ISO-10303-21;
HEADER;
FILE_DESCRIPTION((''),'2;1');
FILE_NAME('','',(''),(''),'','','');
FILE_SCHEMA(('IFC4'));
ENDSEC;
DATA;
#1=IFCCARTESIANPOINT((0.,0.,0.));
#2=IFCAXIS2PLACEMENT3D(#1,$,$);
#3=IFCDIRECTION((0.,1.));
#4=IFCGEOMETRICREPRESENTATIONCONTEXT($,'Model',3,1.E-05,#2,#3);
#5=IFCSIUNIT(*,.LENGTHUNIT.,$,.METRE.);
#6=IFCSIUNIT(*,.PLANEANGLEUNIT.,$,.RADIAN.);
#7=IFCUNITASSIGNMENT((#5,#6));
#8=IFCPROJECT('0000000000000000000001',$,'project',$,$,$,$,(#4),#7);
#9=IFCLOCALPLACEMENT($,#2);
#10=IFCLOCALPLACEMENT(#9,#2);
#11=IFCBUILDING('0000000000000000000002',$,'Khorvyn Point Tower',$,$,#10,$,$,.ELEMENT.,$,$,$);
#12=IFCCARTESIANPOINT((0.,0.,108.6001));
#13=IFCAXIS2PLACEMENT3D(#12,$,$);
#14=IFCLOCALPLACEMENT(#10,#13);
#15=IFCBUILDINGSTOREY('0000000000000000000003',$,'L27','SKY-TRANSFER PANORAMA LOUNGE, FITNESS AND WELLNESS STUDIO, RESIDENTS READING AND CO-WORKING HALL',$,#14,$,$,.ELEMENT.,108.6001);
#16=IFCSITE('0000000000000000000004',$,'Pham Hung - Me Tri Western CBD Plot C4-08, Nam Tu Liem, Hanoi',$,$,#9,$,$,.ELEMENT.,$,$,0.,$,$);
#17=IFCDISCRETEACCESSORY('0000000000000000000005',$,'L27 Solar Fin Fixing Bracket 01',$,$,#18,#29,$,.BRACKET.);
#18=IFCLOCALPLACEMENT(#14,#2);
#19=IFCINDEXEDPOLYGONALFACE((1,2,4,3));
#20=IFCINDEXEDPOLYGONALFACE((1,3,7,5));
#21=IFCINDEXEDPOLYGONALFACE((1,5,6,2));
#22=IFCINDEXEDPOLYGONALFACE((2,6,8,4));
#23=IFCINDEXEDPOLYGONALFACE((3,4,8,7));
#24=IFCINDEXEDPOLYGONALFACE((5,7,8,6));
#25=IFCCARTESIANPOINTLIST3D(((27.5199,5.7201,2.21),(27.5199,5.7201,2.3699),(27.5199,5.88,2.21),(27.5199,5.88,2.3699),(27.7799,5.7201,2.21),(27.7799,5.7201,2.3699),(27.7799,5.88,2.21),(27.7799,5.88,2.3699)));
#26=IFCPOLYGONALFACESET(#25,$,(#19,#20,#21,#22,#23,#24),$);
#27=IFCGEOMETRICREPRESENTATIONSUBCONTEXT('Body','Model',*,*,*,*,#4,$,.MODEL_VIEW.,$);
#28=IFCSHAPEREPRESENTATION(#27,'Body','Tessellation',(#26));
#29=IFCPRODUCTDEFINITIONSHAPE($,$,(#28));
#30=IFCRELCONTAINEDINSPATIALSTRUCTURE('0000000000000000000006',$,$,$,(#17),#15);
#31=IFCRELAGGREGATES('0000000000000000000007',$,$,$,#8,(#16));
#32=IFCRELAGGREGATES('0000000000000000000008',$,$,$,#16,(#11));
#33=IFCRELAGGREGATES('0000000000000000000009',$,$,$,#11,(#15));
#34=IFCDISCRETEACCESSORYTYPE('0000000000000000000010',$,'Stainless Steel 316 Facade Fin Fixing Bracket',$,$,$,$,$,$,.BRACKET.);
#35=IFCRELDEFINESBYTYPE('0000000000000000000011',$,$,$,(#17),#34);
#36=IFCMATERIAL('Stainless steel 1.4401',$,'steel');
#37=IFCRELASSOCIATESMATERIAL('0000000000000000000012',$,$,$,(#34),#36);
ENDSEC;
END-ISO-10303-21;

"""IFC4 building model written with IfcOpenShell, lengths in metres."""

from ifc_helpers import new_model, si_unit, direction, frame, origin, origin_2d, place, context, subcontext, project, spatial, rectangle, extrude, material, type_object, element, save


model = new_model("IFC4")

# Units and contexts
model_context = context("Model", 3, precision=1e-05, world=origin(), true_north=direction((0.0, 1.0)))
body_context = subcontext(model_context, "Body", "Model", "MODEL_VIEW")
ifc_project = project(units=[si_unit("LENGTHUNIT", "METRE"), si_unit("PLANEANGLEUNIT", "RADIAN")], contexts=[model_context])

# Site, building, storey
site_placement = place(None, origin())
site = spatial("IfcSite", under=ifc_project, at=site_placement, Name="Pham Hung - Me Tri Western CBD Plot C4-08, Nam Tu Liem, Hanoi", CompositionType="ELEMENT", RefElevation=0.0)
building_placement = place(site_placement, origin())
building = spatial("IfcBuilding", under=site, at=building_placement, Name="Khorvyn Point Tower", CompositionType="ELEMENT")
storey_placement = place(building_placement, frame((0.0, 0.0, 108.6001)))
storey = spatial("IfcBuildingStorey", under=building, at=storey_placement, Name="L27", Description="SKY-TRANSFER PANORAMA LOUNGE, FITNESS AND WELLNESS STUDIO, RESIDENTS READING AND CO-WORKING HALL", CompositionType="ELEMENT", Elevation=108.6001)

# Discrete accessory
ifc_material_1 = material(Name="Stainless steel 1.4401", Category="steel")
discrete_accessory_type = type_object("IfcDiscreteAccessoryType", Name="Stainless Steel 316 Facade Fin Fixing Bracket", PredefinedType="BRACKET", material=ifc_material_1)
discrete_accessory_placement = place(storey_placement, frame((27.6499, 5.8, 2.21), z_axis=(0.0, 0.0, 1.0), x_axis=(0.0, -1.0, 0.0)))
element("IfcDiscreteAccessory", 1, at=discrete_accessory_placement, inside=storey, type_object=discrete_accessory_type, Name="L27 Solar Fin Fixing Bracket 01", PredefinedType="BRACKET", context=body_context, shape_type="SweptSolid", body=[
    extrude(rectangle(XDim=0.1599, YDim=0.26, at=origin_2d()), origin(), (0.0, 0.0, 1.0), 0.1599),
])

save(model, "model.ifc")
